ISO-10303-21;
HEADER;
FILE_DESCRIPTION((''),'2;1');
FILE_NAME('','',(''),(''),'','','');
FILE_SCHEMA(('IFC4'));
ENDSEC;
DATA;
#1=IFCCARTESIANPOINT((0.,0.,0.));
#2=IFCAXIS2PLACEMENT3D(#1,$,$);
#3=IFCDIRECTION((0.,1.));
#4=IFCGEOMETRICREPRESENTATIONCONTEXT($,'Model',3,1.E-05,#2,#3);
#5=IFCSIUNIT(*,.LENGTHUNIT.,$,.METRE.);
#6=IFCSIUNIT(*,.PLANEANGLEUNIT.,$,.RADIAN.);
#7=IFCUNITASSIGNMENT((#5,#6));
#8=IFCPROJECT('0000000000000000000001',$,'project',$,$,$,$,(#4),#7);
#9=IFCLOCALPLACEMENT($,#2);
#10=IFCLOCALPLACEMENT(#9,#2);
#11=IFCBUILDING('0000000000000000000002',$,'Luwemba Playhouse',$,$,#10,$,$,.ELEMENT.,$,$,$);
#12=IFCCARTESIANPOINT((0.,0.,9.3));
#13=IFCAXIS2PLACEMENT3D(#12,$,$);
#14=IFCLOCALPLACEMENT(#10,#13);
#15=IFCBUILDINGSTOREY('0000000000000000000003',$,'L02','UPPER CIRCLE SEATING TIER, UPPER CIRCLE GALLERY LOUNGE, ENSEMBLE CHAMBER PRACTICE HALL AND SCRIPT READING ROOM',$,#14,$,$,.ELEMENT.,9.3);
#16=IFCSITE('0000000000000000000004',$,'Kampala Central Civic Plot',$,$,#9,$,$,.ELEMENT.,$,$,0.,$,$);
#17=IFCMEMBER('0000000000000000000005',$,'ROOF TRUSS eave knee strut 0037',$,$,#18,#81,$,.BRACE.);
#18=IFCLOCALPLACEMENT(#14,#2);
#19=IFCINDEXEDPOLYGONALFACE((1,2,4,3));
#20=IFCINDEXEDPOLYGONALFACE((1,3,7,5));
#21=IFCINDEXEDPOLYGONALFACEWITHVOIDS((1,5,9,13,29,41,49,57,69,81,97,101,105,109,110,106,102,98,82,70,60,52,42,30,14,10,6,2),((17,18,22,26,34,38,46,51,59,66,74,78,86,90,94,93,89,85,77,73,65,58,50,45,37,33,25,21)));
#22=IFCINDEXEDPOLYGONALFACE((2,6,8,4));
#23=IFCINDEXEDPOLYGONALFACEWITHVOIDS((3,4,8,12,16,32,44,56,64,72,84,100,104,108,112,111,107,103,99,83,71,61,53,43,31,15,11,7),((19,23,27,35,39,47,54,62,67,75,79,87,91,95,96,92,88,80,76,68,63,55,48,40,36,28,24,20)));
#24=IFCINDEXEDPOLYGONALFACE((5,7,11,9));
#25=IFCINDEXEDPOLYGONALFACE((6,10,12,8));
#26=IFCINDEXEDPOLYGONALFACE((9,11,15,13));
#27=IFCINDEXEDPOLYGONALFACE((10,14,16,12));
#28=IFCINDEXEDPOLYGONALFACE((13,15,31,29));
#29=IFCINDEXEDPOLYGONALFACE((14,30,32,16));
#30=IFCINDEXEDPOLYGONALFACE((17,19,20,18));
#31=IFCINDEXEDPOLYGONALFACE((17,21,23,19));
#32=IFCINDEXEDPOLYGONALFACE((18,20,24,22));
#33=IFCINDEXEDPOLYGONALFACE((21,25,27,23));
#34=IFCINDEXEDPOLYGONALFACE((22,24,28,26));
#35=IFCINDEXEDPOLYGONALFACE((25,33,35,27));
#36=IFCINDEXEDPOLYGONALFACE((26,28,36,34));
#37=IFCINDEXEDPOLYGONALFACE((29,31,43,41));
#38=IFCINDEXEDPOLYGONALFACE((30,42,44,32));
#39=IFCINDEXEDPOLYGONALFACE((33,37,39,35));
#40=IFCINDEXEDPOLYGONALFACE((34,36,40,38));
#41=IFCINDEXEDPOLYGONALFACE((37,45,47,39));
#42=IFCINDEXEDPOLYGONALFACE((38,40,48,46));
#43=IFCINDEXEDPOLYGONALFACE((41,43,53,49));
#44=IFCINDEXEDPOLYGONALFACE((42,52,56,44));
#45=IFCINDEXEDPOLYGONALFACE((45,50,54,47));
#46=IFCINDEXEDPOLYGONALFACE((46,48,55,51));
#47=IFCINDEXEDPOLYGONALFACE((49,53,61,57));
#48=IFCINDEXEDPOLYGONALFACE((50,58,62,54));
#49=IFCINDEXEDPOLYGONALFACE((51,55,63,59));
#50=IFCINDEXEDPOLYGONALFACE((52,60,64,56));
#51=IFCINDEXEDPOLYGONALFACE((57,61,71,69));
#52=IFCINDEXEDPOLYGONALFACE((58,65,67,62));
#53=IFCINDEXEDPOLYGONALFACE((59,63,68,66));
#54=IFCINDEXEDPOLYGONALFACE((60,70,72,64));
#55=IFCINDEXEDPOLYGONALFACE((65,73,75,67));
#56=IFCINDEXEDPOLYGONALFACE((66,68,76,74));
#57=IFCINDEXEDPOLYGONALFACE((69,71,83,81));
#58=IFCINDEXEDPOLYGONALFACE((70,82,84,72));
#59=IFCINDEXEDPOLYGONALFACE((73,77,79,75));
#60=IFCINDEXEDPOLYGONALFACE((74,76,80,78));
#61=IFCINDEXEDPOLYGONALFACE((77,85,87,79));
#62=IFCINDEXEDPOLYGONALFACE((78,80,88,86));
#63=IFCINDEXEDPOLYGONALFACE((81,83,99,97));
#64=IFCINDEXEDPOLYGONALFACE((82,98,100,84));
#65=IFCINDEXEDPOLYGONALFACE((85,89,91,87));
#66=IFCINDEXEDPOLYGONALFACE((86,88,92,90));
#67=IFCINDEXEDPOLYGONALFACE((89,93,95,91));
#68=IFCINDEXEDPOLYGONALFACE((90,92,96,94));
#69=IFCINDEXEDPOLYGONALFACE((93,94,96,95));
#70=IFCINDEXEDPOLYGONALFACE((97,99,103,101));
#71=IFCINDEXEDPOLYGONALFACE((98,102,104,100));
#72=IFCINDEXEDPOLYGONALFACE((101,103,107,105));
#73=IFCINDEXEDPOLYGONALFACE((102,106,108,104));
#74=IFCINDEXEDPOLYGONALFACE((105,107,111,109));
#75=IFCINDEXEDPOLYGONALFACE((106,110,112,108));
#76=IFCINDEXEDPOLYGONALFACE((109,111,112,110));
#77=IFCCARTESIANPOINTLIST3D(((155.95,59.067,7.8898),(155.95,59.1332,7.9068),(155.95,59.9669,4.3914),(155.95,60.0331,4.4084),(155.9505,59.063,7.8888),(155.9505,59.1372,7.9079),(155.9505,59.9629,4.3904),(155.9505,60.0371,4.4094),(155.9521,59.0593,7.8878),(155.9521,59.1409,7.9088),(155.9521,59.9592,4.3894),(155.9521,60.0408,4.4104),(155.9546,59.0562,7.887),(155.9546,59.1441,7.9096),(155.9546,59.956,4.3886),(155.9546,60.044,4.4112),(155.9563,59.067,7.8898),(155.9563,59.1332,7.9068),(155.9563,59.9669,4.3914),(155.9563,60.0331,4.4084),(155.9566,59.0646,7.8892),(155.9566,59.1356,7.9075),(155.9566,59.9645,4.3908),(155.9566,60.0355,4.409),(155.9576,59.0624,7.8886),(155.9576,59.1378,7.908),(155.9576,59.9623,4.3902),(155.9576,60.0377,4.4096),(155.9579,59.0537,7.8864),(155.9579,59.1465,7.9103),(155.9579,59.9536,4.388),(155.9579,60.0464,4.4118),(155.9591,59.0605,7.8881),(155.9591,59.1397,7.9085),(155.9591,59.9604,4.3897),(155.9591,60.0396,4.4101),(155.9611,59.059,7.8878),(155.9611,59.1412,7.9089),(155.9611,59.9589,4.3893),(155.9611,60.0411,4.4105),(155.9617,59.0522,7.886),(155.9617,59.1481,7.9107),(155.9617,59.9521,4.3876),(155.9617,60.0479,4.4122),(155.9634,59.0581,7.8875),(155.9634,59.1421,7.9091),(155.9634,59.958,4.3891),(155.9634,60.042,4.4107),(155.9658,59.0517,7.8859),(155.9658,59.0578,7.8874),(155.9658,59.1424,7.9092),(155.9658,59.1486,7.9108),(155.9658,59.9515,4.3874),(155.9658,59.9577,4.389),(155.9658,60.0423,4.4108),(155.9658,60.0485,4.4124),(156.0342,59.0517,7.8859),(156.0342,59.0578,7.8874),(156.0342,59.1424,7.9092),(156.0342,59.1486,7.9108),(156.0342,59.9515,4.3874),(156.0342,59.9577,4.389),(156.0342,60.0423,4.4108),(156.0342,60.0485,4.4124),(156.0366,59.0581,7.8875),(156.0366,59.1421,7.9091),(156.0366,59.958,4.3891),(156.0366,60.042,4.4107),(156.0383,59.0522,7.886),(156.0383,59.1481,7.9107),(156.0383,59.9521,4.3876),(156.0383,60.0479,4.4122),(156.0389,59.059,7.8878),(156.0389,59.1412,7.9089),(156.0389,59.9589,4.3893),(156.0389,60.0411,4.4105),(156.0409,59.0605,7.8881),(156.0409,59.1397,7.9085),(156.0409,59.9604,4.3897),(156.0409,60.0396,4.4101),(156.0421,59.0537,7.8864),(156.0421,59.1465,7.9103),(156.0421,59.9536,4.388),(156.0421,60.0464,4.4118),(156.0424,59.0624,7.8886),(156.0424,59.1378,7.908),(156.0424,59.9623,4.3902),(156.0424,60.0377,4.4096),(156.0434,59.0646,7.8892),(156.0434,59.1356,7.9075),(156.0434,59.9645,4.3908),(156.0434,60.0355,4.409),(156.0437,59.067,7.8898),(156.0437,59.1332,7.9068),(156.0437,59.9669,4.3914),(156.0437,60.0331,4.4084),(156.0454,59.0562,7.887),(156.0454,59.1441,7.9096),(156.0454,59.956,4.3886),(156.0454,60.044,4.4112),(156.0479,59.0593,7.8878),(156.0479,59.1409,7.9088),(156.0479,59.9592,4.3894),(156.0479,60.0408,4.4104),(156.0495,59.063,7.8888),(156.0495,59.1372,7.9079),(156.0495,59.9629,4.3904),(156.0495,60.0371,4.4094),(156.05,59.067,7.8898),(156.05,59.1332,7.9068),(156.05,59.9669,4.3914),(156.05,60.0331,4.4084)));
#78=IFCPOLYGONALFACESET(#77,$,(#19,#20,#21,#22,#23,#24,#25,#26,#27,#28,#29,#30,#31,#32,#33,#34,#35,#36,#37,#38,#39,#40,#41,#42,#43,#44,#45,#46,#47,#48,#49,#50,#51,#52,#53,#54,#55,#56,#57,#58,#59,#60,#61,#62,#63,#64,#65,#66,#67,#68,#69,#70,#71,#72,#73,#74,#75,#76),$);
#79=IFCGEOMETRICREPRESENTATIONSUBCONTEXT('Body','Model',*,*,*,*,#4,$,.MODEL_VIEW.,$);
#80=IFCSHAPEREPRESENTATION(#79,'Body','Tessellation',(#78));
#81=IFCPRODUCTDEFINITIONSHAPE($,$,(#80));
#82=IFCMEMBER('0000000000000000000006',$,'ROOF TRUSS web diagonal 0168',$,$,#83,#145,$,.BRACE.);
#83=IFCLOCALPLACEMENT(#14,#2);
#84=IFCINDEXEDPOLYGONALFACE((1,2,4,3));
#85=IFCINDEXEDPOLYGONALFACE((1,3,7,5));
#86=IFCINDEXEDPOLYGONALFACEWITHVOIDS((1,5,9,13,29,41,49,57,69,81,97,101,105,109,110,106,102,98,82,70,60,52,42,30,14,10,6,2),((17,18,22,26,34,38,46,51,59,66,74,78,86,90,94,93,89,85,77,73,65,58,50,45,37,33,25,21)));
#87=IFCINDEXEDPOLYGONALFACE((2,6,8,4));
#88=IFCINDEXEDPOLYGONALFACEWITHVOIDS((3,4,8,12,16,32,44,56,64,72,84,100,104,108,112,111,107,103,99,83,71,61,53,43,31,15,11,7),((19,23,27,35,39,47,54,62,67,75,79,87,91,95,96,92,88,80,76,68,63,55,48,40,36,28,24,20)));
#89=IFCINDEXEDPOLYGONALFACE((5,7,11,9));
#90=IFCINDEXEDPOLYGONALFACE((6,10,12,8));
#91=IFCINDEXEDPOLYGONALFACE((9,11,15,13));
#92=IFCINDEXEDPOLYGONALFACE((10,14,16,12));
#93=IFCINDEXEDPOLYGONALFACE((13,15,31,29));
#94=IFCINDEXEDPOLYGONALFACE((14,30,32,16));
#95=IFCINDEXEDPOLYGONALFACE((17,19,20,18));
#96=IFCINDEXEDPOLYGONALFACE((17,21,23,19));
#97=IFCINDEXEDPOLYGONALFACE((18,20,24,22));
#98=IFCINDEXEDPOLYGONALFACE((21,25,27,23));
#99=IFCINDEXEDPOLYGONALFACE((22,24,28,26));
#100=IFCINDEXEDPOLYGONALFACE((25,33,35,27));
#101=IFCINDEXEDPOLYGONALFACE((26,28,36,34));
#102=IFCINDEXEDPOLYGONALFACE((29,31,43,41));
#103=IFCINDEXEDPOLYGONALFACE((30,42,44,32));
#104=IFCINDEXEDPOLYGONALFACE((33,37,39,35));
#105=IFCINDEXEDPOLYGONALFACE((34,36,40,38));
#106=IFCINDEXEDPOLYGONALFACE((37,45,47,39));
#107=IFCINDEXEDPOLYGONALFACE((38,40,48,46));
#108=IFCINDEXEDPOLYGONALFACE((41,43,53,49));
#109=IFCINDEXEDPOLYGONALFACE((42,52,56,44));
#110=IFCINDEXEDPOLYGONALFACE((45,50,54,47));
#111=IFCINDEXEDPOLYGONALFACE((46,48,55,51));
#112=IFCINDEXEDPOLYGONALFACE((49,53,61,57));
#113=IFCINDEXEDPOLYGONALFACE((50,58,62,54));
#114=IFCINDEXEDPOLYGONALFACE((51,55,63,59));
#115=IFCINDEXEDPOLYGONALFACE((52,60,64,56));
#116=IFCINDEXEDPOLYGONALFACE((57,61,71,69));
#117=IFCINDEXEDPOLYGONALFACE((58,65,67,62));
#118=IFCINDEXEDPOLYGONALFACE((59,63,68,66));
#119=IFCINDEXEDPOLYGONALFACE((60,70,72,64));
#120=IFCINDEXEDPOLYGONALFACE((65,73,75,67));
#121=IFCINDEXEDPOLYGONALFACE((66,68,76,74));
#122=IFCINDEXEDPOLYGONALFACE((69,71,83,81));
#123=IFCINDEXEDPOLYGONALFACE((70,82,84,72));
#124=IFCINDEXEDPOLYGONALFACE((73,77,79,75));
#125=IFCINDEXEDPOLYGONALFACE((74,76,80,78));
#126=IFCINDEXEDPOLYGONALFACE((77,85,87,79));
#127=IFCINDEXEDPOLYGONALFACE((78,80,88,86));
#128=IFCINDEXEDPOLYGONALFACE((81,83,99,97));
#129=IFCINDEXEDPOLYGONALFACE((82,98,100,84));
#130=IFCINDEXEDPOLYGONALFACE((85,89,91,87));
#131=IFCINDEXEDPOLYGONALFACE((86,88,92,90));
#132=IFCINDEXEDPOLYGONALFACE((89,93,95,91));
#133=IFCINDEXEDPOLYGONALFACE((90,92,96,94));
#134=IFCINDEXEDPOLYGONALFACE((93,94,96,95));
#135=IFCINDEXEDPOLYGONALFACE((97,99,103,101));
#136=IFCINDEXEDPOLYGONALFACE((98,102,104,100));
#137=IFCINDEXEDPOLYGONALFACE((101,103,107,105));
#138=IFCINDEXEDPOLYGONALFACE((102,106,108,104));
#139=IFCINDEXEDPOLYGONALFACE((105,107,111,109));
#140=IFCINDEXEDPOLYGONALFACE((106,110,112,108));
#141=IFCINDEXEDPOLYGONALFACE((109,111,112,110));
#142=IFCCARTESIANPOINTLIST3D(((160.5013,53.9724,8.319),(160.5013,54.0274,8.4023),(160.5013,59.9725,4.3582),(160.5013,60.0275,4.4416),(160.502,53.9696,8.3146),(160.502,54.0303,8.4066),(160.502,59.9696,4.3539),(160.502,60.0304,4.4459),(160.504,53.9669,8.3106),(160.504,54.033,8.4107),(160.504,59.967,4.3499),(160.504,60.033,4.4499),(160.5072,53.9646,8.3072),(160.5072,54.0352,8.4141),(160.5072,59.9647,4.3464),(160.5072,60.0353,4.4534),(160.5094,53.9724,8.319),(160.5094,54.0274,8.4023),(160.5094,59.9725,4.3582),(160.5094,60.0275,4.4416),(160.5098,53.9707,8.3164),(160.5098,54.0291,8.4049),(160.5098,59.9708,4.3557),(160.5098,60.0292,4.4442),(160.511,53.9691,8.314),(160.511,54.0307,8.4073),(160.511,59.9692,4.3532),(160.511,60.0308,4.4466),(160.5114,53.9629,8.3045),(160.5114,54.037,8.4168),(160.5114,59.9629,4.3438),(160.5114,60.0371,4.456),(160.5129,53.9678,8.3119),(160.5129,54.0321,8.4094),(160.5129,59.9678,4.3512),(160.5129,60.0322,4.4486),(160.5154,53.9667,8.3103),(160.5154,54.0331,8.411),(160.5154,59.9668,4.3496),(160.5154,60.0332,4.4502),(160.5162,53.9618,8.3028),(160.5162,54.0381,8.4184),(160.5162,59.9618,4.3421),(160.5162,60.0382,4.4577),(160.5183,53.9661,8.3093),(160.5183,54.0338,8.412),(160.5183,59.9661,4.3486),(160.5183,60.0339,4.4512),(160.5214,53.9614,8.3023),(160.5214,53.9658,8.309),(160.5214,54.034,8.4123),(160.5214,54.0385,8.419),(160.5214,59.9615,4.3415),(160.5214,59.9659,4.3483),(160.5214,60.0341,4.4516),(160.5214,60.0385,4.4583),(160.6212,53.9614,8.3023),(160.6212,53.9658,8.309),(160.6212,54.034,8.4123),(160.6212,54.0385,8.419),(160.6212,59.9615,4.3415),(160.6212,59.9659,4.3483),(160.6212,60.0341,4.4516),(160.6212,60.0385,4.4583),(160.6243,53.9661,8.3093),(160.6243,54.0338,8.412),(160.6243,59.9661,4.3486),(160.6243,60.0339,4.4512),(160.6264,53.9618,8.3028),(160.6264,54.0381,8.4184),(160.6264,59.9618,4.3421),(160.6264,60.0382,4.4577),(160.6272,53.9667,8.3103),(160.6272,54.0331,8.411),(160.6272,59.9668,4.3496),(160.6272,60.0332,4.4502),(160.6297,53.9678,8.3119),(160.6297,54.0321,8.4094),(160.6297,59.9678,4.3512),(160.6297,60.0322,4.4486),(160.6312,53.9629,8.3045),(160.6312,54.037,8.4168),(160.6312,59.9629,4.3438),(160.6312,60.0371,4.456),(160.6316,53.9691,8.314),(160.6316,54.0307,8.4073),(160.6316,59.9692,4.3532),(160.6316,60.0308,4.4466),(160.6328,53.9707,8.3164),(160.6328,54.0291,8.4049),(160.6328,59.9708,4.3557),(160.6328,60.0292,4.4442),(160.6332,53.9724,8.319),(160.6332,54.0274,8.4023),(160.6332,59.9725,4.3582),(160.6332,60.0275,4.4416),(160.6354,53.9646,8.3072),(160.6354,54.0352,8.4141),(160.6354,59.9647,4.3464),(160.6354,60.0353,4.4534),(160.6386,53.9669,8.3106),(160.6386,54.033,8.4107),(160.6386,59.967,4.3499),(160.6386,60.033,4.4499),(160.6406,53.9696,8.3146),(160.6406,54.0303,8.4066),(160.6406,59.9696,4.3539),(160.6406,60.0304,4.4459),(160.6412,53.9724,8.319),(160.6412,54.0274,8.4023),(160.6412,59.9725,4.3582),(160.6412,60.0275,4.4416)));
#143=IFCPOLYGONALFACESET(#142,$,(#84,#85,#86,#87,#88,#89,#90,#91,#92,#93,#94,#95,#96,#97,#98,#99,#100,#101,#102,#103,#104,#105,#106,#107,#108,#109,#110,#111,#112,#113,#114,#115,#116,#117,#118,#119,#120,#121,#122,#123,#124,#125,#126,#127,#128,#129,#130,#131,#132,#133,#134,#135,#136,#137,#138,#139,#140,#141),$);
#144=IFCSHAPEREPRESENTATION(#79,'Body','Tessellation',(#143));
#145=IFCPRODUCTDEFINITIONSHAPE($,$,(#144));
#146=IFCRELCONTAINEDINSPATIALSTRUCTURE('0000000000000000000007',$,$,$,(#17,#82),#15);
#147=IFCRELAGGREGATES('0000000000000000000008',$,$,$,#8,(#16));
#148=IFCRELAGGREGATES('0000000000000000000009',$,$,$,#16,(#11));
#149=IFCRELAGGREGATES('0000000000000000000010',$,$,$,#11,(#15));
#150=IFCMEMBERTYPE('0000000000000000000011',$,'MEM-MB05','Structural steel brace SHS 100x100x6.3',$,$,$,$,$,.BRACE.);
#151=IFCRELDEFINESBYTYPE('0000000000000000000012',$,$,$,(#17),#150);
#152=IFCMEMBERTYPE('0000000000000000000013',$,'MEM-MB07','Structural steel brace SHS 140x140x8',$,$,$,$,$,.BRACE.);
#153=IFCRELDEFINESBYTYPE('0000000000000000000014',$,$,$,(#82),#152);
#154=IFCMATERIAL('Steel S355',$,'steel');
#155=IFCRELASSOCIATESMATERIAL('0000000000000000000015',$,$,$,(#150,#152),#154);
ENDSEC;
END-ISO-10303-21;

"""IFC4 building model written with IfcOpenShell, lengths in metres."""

from ifc_helpers import new_model, si_unit, direction, frame, origin, origin_2d, place, context, subcontext, project, spatial, hollow_rectangle, extrude, material, material_profile, profile_set, type_object, element, save


model = new_model("IFC4")

# Units and contexts
model_context = context("Model", 3, precision=1e-05, world=origin(), true_north=direction((0.0, 1.0)))
body_context = subcontext(model_context, "Body", "Model", "MODEL_VIEW")
ifc_project = project(units=[si_unit("LENGTHUNIT", "METRE"), si_unit("PLANEANGLEUNIT", "RADIAN")], contexts=[model_context])

# Site, building, storey
site_placement = place(None, origin())
site = spatial("IfcSite", under=ifc_project, at=site_placement, Name="Kampala Central Civic Plot", CompositionType="ELEMENT", RefElevation=0.0)
building_placement = place(site_placement, origin())
building = spatial("IfcBuilding", under=site, at=building_placement, Name="Luwemba Playhouse", CompositionType="ELEMENT")
storey_placement = place(building_placement, frame((0.0, 0.0, 9.3)))
storey = spatial("IfcBuildingStorey", under=building, at=storey_placement, Name="L02", Description="UPPER CIRCLE SEATING TIER, UPPER CIRCLE GALLERY LOUNGE, ENSEMBLE CHAMBER PRACTICE HALL AND SCRIPT READING ROOM", CompositionType="ELEMENT", Elevation=9.3)

# Shared definitions
ifc_material_1 = material(Name="Steel S355", Category="steel")

# Members
ifc_material_profile_1 = material_profile(ifc_material_1, hollow_rectangle(XDim=0.1001, YDim=0.1001, WallThickness=0.0063, InnerFilletRadius=0.0095, OuterFilletRadius=0.0159, at=origin_2d()))
ifc_profile_set_1 = profile_set([ifc_material_profile_1], Name="Steel S355")
member_type_1 = type_object("IfcMemberType", Name="MEM-MB05", Description="Structural steel brace SHS 100x100x6.3", PredefinedType="BRACE", material=ifc_profile_set_1)
member_1_placement = place(storey_placement, frame((156.0, 60.0, 4.3999), z_axis=(0.0, -0.249113, 0.968474), x_axis=(1.0, 0.0, 0.0)))
element("IfcMember", 1, at=member_1_placement, inside=storey, type_object=member_type_1, Name="ROOF TRUSS eave knee strut 0037", PredefinedType="BRACE", context=body_context, shape_type="SweptSolid", body=[
    extrude(hollow_rectangle(XDim=0.1001, YDim=0.1001, WallThickness=0.0063, InnerFilletRadius=0.0095, OuterFilletRadius=0.0159, at=origin_2d()), origin(), (0.0, 0.0, 1.0), 3.6123),
])
ifc_material_profile_2 = material_profile(ifc_material_1, hollow_rectangle(XDim=0.1399, YDim=0.1399, WallThickness=0.0081, InnerFilletRadius=0.012, OuterFilletRadius=0.02, at=origin_2d()))
ifc_profile_set_2 = profile_set([ifc_material_profile_2], Name="Steel S355")
member_type_2 = type_object("IfcMemberType", Name="MEM-MB07", Description="Structural steel brace SHS 140x140x8", PredefinedType="BRACE", material=ifc_profile_set_2)
member_2_placement = place(storey_placement, frame((160.5713, 60.0, 4.3999), z_axis=(0.0, -0.834565, 0.550909), x_axis=(1.0, 0.0, 0.0)))
element("IfcMember", 2, at=member_2_placement, inside=storey, type_object=member_type_2, Name="ROOF TRUSS web diagonal 0168", PredefinedType="BRACE", context=body_context, shape_type="SweptSolid", body=[
    extrude(hollow_rectangle(XDim=0.1399, YDim=0.1399, WallThickness=0.0081, InnerFilletRadius=0.012, OuterFilletRadius=0.02, at=origin_2d()), origin(), (0.0, 0.0, 1.0), 7.1895),
])

save(model, "model.ifc")
